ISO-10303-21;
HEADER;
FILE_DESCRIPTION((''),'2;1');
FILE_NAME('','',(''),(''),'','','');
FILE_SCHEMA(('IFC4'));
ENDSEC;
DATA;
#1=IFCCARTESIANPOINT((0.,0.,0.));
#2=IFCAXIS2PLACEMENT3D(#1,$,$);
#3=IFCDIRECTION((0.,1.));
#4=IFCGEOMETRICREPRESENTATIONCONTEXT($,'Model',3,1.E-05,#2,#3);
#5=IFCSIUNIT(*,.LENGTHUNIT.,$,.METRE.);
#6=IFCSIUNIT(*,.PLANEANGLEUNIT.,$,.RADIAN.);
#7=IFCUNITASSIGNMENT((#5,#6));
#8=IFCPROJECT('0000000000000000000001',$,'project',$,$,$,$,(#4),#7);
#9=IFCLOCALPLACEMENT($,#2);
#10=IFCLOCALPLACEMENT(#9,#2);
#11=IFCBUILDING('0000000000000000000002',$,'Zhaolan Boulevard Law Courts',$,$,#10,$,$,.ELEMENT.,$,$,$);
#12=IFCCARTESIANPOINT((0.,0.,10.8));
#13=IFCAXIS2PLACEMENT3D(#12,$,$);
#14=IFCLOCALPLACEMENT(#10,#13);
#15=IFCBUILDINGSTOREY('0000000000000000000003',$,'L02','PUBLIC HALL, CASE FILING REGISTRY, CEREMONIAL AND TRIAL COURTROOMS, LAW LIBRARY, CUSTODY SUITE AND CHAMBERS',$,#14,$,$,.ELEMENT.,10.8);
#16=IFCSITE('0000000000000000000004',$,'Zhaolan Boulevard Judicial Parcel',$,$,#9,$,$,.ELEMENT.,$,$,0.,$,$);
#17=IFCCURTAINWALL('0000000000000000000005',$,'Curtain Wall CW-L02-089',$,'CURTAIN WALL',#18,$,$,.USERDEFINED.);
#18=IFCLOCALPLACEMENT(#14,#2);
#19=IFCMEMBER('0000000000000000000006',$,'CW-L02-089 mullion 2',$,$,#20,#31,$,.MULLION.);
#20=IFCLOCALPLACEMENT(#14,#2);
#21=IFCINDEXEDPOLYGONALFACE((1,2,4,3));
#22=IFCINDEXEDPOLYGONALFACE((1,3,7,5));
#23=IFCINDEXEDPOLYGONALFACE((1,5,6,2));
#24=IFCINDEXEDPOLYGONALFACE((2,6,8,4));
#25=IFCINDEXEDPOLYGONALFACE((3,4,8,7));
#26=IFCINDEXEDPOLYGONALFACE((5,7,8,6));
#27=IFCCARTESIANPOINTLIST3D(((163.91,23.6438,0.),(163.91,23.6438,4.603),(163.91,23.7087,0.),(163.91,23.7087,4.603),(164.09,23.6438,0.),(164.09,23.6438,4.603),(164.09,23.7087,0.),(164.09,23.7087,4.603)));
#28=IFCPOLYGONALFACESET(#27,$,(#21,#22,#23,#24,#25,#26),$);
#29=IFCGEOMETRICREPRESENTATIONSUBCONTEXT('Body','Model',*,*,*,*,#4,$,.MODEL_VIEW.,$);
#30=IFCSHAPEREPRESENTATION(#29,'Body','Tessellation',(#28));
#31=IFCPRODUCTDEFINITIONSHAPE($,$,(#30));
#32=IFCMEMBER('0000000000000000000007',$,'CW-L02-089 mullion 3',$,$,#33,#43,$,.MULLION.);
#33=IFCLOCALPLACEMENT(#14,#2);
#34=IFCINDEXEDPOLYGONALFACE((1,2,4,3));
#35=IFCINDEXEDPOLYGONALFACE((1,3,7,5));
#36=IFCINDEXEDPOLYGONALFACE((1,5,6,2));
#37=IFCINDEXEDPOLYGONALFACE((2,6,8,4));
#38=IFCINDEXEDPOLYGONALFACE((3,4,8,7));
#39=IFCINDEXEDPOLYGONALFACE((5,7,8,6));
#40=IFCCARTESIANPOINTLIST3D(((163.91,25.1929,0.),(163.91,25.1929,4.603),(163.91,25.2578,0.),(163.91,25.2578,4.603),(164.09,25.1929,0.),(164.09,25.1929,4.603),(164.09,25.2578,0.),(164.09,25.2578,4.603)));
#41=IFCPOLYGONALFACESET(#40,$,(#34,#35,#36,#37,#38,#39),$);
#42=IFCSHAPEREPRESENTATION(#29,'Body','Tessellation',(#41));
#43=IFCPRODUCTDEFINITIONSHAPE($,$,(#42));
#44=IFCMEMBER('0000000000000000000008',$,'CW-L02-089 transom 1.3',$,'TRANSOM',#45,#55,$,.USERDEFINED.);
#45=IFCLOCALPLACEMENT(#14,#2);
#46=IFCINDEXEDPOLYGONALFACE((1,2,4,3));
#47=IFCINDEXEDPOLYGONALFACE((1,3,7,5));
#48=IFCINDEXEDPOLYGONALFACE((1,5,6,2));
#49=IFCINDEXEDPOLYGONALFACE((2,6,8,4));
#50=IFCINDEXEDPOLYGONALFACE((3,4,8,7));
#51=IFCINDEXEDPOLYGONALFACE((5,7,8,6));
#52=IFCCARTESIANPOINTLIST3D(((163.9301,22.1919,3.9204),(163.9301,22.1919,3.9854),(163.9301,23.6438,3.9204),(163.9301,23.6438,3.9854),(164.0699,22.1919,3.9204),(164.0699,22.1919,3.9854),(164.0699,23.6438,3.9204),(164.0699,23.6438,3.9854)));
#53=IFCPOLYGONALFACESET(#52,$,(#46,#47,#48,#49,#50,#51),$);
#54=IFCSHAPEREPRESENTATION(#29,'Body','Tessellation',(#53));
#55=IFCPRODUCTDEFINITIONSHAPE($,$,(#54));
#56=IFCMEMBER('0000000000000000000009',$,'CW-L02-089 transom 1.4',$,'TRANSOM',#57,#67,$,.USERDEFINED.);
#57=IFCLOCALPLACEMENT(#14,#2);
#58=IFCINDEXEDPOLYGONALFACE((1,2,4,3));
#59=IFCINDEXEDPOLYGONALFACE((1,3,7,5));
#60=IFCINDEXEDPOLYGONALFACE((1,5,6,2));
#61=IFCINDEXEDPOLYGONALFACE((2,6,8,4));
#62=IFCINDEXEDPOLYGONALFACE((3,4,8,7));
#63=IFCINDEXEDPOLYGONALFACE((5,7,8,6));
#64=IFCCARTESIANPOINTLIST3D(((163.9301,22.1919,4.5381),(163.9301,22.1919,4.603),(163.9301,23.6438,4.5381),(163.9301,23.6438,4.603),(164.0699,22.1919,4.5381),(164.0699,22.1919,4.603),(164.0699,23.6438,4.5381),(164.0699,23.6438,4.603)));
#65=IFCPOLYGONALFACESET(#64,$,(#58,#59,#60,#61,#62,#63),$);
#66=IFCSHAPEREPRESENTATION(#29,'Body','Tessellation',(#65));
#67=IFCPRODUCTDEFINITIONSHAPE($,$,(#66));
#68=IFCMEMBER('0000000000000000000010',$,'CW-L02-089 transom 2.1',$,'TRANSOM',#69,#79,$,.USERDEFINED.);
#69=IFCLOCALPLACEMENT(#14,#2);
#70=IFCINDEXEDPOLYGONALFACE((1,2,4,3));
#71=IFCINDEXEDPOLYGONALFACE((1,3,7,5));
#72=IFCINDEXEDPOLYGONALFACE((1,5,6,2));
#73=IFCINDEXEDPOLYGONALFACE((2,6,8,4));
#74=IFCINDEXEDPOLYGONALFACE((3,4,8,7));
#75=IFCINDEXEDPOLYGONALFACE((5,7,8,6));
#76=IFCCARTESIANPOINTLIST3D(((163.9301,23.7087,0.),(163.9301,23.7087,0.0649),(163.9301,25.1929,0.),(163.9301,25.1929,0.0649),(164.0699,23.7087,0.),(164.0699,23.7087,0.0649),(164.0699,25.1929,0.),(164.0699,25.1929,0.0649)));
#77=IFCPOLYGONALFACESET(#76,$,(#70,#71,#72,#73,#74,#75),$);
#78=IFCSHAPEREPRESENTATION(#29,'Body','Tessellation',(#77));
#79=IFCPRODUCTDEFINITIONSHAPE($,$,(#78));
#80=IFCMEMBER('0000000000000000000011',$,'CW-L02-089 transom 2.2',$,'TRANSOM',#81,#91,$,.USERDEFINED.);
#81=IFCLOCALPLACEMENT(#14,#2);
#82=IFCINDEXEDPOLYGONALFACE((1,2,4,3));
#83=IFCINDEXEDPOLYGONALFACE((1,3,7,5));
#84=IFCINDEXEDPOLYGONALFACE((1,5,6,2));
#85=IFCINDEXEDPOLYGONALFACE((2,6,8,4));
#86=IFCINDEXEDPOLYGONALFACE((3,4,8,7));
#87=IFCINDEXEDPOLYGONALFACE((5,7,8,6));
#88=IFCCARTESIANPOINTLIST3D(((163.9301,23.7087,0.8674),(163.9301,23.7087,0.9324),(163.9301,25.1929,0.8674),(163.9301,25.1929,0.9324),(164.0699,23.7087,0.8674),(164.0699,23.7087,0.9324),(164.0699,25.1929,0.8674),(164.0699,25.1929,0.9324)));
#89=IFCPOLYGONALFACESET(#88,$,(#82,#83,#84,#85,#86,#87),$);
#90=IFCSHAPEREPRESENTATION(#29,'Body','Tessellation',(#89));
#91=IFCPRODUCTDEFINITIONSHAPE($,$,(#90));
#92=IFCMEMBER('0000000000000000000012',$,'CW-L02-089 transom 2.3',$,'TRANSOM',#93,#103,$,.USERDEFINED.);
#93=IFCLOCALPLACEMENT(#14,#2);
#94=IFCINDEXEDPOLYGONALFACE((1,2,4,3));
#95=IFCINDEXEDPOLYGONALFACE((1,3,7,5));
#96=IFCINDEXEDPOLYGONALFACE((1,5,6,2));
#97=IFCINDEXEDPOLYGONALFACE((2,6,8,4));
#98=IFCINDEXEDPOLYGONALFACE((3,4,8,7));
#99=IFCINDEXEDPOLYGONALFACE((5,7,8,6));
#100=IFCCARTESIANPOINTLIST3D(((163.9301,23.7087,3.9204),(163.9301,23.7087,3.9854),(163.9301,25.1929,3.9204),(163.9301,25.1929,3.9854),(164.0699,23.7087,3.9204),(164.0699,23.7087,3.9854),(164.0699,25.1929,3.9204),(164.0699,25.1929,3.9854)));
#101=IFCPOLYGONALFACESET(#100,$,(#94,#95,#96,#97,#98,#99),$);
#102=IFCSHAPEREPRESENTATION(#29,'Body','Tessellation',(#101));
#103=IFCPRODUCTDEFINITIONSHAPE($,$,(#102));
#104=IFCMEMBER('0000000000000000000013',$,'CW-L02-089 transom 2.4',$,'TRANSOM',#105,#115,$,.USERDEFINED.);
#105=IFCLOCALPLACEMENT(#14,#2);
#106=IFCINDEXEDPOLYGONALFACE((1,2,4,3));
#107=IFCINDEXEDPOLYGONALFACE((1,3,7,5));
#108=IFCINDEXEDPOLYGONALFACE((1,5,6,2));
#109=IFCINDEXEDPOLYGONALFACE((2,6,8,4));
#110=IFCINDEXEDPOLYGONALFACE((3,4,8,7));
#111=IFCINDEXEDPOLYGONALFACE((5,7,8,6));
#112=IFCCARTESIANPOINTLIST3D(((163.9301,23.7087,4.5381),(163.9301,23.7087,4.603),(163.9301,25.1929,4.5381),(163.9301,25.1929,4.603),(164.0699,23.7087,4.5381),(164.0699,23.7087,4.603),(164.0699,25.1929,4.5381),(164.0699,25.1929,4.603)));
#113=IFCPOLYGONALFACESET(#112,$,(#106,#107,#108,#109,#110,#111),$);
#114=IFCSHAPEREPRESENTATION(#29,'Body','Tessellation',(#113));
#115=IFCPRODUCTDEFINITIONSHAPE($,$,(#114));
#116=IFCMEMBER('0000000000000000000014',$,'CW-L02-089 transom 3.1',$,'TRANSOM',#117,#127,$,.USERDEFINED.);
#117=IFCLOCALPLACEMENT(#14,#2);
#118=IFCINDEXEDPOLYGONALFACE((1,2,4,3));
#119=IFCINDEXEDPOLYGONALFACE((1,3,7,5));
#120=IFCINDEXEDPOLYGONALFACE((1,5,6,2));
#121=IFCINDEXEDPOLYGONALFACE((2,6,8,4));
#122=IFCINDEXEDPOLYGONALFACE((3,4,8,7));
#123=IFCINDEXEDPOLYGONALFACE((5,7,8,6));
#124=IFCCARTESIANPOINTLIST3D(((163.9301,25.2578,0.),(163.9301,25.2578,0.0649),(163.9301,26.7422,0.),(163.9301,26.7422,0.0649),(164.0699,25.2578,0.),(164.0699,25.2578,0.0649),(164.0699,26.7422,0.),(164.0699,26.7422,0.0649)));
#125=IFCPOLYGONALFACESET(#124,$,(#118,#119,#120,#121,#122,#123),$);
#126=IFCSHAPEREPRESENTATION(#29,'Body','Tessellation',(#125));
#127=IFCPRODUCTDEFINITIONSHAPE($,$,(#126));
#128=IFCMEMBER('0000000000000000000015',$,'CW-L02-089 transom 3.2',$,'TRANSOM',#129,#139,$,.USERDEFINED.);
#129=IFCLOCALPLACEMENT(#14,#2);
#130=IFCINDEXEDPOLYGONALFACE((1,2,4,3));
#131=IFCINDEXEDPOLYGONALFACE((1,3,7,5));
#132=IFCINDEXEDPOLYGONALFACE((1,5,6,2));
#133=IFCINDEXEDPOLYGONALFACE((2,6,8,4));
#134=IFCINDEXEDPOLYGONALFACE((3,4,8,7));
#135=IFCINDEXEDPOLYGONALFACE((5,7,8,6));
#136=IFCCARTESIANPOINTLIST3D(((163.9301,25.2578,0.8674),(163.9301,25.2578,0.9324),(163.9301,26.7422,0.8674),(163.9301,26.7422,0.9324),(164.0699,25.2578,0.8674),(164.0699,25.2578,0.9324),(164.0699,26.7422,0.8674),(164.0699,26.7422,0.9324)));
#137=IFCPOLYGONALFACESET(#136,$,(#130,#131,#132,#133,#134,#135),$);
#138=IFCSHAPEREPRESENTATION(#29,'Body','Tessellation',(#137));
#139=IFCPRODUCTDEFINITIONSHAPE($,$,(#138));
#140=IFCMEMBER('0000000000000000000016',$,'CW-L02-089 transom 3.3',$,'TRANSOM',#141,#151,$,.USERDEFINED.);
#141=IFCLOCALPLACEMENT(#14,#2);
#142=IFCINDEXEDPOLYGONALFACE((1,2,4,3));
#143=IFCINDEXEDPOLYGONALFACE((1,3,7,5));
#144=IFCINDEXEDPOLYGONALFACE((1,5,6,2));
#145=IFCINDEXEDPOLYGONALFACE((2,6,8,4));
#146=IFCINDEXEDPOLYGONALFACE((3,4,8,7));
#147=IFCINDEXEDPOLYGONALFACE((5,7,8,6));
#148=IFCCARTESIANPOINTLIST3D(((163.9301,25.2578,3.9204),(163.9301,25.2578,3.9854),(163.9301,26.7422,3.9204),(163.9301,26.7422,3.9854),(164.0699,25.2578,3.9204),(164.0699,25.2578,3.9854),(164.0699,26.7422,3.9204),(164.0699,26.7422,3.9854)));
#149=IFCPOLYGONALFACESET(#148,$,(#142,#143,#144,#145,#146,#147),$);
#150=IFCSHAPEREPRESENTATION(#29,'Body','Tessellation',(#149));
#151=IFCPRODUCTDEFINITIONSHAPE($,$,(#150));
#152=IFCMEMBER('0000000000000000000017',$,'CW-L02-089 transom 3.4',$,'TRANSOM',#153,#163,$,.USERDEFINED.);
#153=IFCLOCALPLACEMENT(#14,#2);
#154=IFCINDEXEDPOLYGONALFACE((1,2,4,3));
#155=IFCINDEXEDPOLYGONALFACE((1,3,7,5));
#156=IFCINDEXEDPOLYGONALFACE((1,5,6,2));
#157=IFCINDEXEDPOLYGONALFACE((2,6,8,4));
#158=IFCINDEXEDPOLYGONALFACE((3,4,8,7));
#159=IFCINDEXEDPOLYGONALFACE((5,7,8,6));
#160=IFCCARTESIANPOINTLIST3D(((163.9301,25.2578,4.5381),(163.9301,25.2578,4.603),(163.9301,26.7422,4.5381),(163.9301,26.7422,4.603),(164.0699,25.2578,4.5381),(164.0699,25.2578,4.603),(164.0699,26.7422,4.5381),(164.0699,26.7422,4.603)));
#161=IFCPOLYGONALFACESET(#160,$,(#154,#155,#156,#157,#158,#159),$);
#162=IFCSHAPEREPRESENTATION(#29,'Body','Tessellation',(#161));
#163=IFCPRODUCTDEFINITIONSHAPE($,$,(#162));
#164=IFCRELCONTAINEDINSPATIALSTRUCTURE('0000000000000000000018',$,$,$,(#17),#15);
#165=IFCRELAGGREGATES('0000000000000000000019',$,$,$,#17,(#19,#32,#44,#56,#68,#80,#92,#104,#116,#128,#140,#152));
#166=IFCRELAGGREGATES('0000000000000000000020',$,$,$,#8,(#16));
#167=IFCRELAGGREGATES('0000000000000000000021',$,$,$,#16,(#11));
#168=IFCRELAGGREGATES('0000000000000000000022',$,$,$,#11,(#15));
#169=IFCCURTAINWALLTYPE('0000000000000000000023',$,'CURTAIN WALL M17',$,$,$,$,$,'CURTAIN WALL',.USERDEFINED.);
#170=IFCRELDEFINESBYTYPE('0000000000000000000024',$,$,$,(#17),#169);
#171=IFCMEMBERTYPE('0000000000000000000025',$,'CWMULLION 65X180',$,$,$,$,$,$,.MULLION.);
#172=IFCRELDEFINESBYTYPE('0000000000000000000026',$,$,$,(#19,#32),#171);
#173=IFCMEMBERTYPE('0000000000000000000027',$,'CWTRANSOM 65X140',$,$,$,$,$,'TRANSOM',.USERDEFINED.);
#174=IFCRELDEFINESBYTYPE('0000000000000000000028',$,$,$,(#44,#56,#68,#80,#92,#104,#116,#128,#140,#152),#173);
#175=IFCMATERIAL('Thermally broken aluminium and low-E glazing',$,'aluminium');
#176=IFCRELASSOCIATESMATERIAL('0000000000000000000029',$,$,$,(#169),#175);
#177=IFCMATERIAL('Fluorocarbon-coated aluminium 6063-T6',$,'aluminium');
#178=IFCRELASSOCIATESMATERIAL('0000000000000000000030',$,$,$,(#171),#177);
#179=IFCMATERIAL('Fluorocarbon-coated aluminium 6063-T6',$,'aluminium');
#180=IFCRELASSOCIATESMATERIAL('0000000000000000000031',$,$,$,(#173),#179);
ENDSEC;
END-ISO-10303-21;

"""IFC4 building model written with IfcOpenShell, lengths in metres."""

from ifc_helpers import new_model, si_unit, direction, frame, origin, origin_2d, place, context, subcontext, project, spatial, rectangle, extrude, material, material_profile, profile_set, type_object, element, aggregate, save


model = new_model("IFC4")

# Units and contexts
model_context = context("Model", 3, precision=1e-05, world=origin(), true_north=direction((0.0, 1.0)))
body_context = subcontext(model_context, "Body", "Model", "MODEL_VIEW")
ifc_project = project(units=[si_unit("LENGTHUNIT", "METRE"), si_unit("PLANEANGLEUNIT", "RADIAN")], contexts=[model_context])

# Site, building, storey
site_placement = place(None, origin())
site = spatial("IfcSite", under=ifc_project, at=site_placement, Name="Zhaolan Boulevard Judicial Parcel", CompositionType="ELEMENT", RefElevation=0.0)
building_placement = place(site_placement, origin())
building = spatial("IfcBuilding", under=site, at=building_placement, Name="Zhaolan Boulevard Law Courts", CompositionType="ELEMENT")
storey_placement = place(building_placement, frame((0.0, 0.0, 10.8)))
storey = spatial("IfcBuildingStorey", under=building, at=storey_placement, Name="L02", Description="PUBLIC HALL, CASE FILING REGISTRY, CEREMONIAL AND TRIAL COURTROOMS, LAW LIBRARY, CUSTODY SUITE AND CHAMBERS", CompositionType="ELEMENT", Elevation=10.8)

# Curtain wall, members
ifc_material_1 = material(Name="Thermally broken aluminium and low-E glazing", Category="aluminium")
curtain_wall_type = type_object("IfcCurtainWallType", Name="CURTAIN WALL M17", ElementType="CURTAIN WALL", PredefinedType="USERDEFINED", material=ifc_material_1)
curtain_wall_placement = place(storey_placement, origin())
curtain_wall = element("IfcCurtainWall", 1, at=curtain_wall_placement, inside=storey, type_object=curtain_wall_type, Name="Curtain Wall CW-L02-089", ObjectType="CURTAIN WALL", PredefinedType="USERDEFINED")
ifc_material_2 = material(Name="Fluorocarbon-coated aluminium 6063-T6", Category="aluminium")
ifc_material_profile_1 = material_profile(ifc_material_2, rectangle(XDim=0.1799, YDim=0.0649, at=origin_2d()), Name="AL65x180")
ifc_profile_set_1 = profile_set([ifc_material_profile_1], Name="Fluorocarbon-coated aluminium 6063-T6")
member_type_1 = type_object("IfcMemberType", Name="CWMULLION 65X180", PredefinedType="MULLION", material=ifc_profile_set_1)
member_1_placement = place(storey_placement, frame((164.0, 23.6763, 0.0), z_axis=(0.0, 0.0, 1.0), x_axis=(-1.0, 0.0, 0.0)))
member_1 = element("IfcMember", 2, at=member_1_placement, type_object=member_type_1, Name="CW-L02-089 mullion 2", PredefinedType="MULLION", context=body_context, shape_type="SweptSolid", body=[
    extrude(rectangle(XDim=0.1799, YDim=0.0649, at=origin_2d()), origin(), (0.0, 0.0, 1.0), 4.603),
])
member_2_placement = place(storey_placement, frame((164.0, 25.2253, 0.0), z_axis=(0.0, 0.0, 1.0), x_axis=(-1.0, 0.0, 0.0)))
member_2 = element("IfcMember", 3, at=member_2_placement, type_object=member_type_1, Name="CW-L02-089 mullion 3", PredefinedType="MULLION", context=body_context, shape_type="SweptSolid", body=[
    extrude(rectangle(XDim=0.1799, YDim=0.0649, at=origin_2d()), origin(), (0.0, 0.0, 1.0), 4.603),
])
ifc_material_3 = material(Name="Fluorocarbon-coated aluminium 6063-T6", Category="aluminium")
ifc_material_profile_2 = material_profile(ifc_material_3, rectangle(XDim=0.1399, YDim=0.0649, at=origin_2d()), Name="AL65x140")
ifc_profile_set_2 = profile_set([ifc_material_profile_2], Name="Fluorocarbon-coated aluminium 6063-T6")
member_type_2 = type_object("IfcMemberType", Name="CWTRANSOM 65X140", ElementType="TRANSOM", PredefinedType="USERDEFINED", material=ifc_profile_set_2)
member_3_placement = place(storey_placement, frame((164.0, 22.1919, 3.9529), z_axis=(0.0, 1.0, 0.0), x_axis=(-1.0, 0.0, 0.0)))
member_3 = element("IfcMember", 4, at=member_3_placement, type_object=member_type_2, Name="CW-L02-089 transom 1.3", ObjectType="TRANSOM", PredefinedType="USERDEFINED", context=body_context, shape_type="SweptSolid", body=[
    extrude(rectangle(XDim=0.1399, YDim=0.0649, at=origin_2d()), origin(), (0.0, 0.0, 1.0), 1.4519),
])
member_4_placement = place(storey_placement, frame((164.0, 22.1919, 4.5706), z_axis=(0.0, 1.0, 0.0), x_axis=(-1.0, 0.0, 0.0)))
member_4 = element("IfcMember", 5, at=member_4_placement, type_object=member_type_2, Name="CW-L02-089 transom 1.4", ObjectType="TRANSOM", PredefinedType="USERDEFINED", context=body_context, shape_type="SweptSolid", body=[
    extrude(rectangle(XDim=0.1399, YDim=0.0649, at=origin_2d()), origin(), (0.0, 0.0, 1.0), 1.4519),
])
member_5_placement = place(storey_placement, frame((164.0, 23.7087, 0.0325), z_axis=(0.0, 1.0, 0.0), x_axis=(-1.0, 0.0, 0.0)))
member_5 = element("IfcMember", 6, at=member_5_placement, type_object=member_type_2, Name="CW-L02-089 transom 2.1", ObjectType="TRANSOM", PredefinedType="USERDEFINED", context=body_context, shape_type="SweptSolid", body=[
    extrude(rectangle(XDim=0.1399, YDim=0.0649, at=origin_2d()), origin(), (0.0, 0.0, 1.0), 1.4841),
])
member_6_placement = place(storey_placement, frame((164.0, 23.7087, 0.8999), z_axis=(0.0, 1.0, 0.0), x_axis=(-1.0, 0.0, 0.0)))
member_6 = element("IfcMember", 7, at=member_6_placement, type_object=member_type_2, Name="CW-L02-089 transom 2.2", ObjectType="TRANSOM", PredefinedType="USERDEFINED", context=body_context, shape_type="SweptSolid", body=[
    extrude(rectangle(XDim=0.1399, YDim=0.0649, at=origin_2d()), origin(), (0.0, 0.0, 1.0), 1.4841),
])
member_7_placement = place(storey_placement, frame((164.0, 23.7087, 3.9529), z_axis=(0.0, 1.0, 0.0), x_axis=(-1.0, 0.0, 0.0)))
member_7 = element("IfcMember", 8, at=member_7_placement, type_object=member_type_2, Name="CW-L02-089 transom 2.3", ObjectType="TRANSOM", PredefinedType="USERDEFINED", context=body_context, shape_type="SweptSolid", body=[
    extrude(rectangle(XDim=0.1399, YDim=0.0649, at=origin_2d()), origin(), (0.0, 0.0, 1.0), 1.4841),
])
member_8_placement = place(storey_placement, frame((164.0, 23.7087, 4.5706), z_axis=(0.0, 1.0, 0.0), x_axis=(-1.0, 0.0, 0.0)))
member_8 = element("IfcMember", 9, at=member_8_placement, type_object=member_type_2, Name="CW-L02-089 transom 2.4", ObjectType="TRANSOM", PredefinedType="USERDEFINED", context=body_context, shape_type="SweptSolid", body=[
    extrude(rectangle(XDim=0.1399, YDim=0.0649, at=origin_2d()), origin(), (0.0, 0.0, 1.0), 1.4841),
])
member_9_placement = place(storey_placement, frame((164.0, 25.2578, 0.0325), z_axis=(0.0, 1.0, 0.0), x_axis=(-1.0, 0.0, 0.0)))
member_9 = element("IfcMember", 10, at=member_9_placement, type_object=member_type_2, Name="CW-L02-089 transom 3.1", ObjectType="TRANSOM", PredefinedType="USERDEFINED", context=body_context, shape_type="SweptSolid", body=[
    extrude(rectangle(XDim=0.1399, YDim=0.0649, at=origin_2d()), origin(), (0.0, 0.0, 1.0), 1.4844),
])
member_10_placement = place(storey_placement, frame((164.0, 25.2578, 0.8999), z_axis=(0.0, 1.0, 0.0), x_axis=(-1.0, 0.0, 0.0)))
member_10 = element("IfcMember", 11, at=member_10_placement, type_object=member_type_2, Name="CW-L02-089 transom 3.2", ObjectType="TRANSOM", PredefinedType="USERDEFINED", context=body_context, shape_type="SweptSolid", body=[
    extrude(rectangle(XDim=0.1399, YDim=0.0649, at=origin_2d()), origin(), (0.0, 0.0, 1.0), 1.4844),
])
member_11_placement = place(storey_placement, frame((164.0, 25.2578, 3.9529), z_axis=(0.0, 1.0, 0.0), x_axis=(-1.0, 0.0, 0.0)))
member_11 = element("IfcMember", 12, at=member_11_placement, type_object=member_type_2, Name="CW-L02-089 transom 3.3", ObjectType="TRANSOM", PredefinedType="USERDEFINED", context=body_context, shape_type="SweptSolid", body=[
    extrude(rectangle(XDim=0.1399, YDim=0.0649, at=origin_2d()), origin(), (0.0, 0.0, 1.0), 1.4844),
])
member_12_placement = place(storey_placement, frame((164.0, 25.2578, 4.5706), z_axis=(0.0, 1.0, 0.0), x_axis=(-1.0, 0.0, 0.0)))
member_12 = element("IfcMember", 13, at=member_12_placement, type_object=member_type_2, Name="CW-L02-089 transom 3.4", ObjectType="TRANSOM", PredefinedType="USERDEFINED", context=body_context, shape_type="SweptSolid", body=[
    extrude(rectangle(XDim=0.1399, YDim=0.0649, at=origin_2d()), origin(), (0.0, 0.0, 1.0), 1.4844),
])

aggregate(curtain_wall, [member_1, member_2, member_3, member_4, member_5, member_6, member_7, member_8, member_9, member_10, member_11, member_12])

save(model, "model.ifc")
